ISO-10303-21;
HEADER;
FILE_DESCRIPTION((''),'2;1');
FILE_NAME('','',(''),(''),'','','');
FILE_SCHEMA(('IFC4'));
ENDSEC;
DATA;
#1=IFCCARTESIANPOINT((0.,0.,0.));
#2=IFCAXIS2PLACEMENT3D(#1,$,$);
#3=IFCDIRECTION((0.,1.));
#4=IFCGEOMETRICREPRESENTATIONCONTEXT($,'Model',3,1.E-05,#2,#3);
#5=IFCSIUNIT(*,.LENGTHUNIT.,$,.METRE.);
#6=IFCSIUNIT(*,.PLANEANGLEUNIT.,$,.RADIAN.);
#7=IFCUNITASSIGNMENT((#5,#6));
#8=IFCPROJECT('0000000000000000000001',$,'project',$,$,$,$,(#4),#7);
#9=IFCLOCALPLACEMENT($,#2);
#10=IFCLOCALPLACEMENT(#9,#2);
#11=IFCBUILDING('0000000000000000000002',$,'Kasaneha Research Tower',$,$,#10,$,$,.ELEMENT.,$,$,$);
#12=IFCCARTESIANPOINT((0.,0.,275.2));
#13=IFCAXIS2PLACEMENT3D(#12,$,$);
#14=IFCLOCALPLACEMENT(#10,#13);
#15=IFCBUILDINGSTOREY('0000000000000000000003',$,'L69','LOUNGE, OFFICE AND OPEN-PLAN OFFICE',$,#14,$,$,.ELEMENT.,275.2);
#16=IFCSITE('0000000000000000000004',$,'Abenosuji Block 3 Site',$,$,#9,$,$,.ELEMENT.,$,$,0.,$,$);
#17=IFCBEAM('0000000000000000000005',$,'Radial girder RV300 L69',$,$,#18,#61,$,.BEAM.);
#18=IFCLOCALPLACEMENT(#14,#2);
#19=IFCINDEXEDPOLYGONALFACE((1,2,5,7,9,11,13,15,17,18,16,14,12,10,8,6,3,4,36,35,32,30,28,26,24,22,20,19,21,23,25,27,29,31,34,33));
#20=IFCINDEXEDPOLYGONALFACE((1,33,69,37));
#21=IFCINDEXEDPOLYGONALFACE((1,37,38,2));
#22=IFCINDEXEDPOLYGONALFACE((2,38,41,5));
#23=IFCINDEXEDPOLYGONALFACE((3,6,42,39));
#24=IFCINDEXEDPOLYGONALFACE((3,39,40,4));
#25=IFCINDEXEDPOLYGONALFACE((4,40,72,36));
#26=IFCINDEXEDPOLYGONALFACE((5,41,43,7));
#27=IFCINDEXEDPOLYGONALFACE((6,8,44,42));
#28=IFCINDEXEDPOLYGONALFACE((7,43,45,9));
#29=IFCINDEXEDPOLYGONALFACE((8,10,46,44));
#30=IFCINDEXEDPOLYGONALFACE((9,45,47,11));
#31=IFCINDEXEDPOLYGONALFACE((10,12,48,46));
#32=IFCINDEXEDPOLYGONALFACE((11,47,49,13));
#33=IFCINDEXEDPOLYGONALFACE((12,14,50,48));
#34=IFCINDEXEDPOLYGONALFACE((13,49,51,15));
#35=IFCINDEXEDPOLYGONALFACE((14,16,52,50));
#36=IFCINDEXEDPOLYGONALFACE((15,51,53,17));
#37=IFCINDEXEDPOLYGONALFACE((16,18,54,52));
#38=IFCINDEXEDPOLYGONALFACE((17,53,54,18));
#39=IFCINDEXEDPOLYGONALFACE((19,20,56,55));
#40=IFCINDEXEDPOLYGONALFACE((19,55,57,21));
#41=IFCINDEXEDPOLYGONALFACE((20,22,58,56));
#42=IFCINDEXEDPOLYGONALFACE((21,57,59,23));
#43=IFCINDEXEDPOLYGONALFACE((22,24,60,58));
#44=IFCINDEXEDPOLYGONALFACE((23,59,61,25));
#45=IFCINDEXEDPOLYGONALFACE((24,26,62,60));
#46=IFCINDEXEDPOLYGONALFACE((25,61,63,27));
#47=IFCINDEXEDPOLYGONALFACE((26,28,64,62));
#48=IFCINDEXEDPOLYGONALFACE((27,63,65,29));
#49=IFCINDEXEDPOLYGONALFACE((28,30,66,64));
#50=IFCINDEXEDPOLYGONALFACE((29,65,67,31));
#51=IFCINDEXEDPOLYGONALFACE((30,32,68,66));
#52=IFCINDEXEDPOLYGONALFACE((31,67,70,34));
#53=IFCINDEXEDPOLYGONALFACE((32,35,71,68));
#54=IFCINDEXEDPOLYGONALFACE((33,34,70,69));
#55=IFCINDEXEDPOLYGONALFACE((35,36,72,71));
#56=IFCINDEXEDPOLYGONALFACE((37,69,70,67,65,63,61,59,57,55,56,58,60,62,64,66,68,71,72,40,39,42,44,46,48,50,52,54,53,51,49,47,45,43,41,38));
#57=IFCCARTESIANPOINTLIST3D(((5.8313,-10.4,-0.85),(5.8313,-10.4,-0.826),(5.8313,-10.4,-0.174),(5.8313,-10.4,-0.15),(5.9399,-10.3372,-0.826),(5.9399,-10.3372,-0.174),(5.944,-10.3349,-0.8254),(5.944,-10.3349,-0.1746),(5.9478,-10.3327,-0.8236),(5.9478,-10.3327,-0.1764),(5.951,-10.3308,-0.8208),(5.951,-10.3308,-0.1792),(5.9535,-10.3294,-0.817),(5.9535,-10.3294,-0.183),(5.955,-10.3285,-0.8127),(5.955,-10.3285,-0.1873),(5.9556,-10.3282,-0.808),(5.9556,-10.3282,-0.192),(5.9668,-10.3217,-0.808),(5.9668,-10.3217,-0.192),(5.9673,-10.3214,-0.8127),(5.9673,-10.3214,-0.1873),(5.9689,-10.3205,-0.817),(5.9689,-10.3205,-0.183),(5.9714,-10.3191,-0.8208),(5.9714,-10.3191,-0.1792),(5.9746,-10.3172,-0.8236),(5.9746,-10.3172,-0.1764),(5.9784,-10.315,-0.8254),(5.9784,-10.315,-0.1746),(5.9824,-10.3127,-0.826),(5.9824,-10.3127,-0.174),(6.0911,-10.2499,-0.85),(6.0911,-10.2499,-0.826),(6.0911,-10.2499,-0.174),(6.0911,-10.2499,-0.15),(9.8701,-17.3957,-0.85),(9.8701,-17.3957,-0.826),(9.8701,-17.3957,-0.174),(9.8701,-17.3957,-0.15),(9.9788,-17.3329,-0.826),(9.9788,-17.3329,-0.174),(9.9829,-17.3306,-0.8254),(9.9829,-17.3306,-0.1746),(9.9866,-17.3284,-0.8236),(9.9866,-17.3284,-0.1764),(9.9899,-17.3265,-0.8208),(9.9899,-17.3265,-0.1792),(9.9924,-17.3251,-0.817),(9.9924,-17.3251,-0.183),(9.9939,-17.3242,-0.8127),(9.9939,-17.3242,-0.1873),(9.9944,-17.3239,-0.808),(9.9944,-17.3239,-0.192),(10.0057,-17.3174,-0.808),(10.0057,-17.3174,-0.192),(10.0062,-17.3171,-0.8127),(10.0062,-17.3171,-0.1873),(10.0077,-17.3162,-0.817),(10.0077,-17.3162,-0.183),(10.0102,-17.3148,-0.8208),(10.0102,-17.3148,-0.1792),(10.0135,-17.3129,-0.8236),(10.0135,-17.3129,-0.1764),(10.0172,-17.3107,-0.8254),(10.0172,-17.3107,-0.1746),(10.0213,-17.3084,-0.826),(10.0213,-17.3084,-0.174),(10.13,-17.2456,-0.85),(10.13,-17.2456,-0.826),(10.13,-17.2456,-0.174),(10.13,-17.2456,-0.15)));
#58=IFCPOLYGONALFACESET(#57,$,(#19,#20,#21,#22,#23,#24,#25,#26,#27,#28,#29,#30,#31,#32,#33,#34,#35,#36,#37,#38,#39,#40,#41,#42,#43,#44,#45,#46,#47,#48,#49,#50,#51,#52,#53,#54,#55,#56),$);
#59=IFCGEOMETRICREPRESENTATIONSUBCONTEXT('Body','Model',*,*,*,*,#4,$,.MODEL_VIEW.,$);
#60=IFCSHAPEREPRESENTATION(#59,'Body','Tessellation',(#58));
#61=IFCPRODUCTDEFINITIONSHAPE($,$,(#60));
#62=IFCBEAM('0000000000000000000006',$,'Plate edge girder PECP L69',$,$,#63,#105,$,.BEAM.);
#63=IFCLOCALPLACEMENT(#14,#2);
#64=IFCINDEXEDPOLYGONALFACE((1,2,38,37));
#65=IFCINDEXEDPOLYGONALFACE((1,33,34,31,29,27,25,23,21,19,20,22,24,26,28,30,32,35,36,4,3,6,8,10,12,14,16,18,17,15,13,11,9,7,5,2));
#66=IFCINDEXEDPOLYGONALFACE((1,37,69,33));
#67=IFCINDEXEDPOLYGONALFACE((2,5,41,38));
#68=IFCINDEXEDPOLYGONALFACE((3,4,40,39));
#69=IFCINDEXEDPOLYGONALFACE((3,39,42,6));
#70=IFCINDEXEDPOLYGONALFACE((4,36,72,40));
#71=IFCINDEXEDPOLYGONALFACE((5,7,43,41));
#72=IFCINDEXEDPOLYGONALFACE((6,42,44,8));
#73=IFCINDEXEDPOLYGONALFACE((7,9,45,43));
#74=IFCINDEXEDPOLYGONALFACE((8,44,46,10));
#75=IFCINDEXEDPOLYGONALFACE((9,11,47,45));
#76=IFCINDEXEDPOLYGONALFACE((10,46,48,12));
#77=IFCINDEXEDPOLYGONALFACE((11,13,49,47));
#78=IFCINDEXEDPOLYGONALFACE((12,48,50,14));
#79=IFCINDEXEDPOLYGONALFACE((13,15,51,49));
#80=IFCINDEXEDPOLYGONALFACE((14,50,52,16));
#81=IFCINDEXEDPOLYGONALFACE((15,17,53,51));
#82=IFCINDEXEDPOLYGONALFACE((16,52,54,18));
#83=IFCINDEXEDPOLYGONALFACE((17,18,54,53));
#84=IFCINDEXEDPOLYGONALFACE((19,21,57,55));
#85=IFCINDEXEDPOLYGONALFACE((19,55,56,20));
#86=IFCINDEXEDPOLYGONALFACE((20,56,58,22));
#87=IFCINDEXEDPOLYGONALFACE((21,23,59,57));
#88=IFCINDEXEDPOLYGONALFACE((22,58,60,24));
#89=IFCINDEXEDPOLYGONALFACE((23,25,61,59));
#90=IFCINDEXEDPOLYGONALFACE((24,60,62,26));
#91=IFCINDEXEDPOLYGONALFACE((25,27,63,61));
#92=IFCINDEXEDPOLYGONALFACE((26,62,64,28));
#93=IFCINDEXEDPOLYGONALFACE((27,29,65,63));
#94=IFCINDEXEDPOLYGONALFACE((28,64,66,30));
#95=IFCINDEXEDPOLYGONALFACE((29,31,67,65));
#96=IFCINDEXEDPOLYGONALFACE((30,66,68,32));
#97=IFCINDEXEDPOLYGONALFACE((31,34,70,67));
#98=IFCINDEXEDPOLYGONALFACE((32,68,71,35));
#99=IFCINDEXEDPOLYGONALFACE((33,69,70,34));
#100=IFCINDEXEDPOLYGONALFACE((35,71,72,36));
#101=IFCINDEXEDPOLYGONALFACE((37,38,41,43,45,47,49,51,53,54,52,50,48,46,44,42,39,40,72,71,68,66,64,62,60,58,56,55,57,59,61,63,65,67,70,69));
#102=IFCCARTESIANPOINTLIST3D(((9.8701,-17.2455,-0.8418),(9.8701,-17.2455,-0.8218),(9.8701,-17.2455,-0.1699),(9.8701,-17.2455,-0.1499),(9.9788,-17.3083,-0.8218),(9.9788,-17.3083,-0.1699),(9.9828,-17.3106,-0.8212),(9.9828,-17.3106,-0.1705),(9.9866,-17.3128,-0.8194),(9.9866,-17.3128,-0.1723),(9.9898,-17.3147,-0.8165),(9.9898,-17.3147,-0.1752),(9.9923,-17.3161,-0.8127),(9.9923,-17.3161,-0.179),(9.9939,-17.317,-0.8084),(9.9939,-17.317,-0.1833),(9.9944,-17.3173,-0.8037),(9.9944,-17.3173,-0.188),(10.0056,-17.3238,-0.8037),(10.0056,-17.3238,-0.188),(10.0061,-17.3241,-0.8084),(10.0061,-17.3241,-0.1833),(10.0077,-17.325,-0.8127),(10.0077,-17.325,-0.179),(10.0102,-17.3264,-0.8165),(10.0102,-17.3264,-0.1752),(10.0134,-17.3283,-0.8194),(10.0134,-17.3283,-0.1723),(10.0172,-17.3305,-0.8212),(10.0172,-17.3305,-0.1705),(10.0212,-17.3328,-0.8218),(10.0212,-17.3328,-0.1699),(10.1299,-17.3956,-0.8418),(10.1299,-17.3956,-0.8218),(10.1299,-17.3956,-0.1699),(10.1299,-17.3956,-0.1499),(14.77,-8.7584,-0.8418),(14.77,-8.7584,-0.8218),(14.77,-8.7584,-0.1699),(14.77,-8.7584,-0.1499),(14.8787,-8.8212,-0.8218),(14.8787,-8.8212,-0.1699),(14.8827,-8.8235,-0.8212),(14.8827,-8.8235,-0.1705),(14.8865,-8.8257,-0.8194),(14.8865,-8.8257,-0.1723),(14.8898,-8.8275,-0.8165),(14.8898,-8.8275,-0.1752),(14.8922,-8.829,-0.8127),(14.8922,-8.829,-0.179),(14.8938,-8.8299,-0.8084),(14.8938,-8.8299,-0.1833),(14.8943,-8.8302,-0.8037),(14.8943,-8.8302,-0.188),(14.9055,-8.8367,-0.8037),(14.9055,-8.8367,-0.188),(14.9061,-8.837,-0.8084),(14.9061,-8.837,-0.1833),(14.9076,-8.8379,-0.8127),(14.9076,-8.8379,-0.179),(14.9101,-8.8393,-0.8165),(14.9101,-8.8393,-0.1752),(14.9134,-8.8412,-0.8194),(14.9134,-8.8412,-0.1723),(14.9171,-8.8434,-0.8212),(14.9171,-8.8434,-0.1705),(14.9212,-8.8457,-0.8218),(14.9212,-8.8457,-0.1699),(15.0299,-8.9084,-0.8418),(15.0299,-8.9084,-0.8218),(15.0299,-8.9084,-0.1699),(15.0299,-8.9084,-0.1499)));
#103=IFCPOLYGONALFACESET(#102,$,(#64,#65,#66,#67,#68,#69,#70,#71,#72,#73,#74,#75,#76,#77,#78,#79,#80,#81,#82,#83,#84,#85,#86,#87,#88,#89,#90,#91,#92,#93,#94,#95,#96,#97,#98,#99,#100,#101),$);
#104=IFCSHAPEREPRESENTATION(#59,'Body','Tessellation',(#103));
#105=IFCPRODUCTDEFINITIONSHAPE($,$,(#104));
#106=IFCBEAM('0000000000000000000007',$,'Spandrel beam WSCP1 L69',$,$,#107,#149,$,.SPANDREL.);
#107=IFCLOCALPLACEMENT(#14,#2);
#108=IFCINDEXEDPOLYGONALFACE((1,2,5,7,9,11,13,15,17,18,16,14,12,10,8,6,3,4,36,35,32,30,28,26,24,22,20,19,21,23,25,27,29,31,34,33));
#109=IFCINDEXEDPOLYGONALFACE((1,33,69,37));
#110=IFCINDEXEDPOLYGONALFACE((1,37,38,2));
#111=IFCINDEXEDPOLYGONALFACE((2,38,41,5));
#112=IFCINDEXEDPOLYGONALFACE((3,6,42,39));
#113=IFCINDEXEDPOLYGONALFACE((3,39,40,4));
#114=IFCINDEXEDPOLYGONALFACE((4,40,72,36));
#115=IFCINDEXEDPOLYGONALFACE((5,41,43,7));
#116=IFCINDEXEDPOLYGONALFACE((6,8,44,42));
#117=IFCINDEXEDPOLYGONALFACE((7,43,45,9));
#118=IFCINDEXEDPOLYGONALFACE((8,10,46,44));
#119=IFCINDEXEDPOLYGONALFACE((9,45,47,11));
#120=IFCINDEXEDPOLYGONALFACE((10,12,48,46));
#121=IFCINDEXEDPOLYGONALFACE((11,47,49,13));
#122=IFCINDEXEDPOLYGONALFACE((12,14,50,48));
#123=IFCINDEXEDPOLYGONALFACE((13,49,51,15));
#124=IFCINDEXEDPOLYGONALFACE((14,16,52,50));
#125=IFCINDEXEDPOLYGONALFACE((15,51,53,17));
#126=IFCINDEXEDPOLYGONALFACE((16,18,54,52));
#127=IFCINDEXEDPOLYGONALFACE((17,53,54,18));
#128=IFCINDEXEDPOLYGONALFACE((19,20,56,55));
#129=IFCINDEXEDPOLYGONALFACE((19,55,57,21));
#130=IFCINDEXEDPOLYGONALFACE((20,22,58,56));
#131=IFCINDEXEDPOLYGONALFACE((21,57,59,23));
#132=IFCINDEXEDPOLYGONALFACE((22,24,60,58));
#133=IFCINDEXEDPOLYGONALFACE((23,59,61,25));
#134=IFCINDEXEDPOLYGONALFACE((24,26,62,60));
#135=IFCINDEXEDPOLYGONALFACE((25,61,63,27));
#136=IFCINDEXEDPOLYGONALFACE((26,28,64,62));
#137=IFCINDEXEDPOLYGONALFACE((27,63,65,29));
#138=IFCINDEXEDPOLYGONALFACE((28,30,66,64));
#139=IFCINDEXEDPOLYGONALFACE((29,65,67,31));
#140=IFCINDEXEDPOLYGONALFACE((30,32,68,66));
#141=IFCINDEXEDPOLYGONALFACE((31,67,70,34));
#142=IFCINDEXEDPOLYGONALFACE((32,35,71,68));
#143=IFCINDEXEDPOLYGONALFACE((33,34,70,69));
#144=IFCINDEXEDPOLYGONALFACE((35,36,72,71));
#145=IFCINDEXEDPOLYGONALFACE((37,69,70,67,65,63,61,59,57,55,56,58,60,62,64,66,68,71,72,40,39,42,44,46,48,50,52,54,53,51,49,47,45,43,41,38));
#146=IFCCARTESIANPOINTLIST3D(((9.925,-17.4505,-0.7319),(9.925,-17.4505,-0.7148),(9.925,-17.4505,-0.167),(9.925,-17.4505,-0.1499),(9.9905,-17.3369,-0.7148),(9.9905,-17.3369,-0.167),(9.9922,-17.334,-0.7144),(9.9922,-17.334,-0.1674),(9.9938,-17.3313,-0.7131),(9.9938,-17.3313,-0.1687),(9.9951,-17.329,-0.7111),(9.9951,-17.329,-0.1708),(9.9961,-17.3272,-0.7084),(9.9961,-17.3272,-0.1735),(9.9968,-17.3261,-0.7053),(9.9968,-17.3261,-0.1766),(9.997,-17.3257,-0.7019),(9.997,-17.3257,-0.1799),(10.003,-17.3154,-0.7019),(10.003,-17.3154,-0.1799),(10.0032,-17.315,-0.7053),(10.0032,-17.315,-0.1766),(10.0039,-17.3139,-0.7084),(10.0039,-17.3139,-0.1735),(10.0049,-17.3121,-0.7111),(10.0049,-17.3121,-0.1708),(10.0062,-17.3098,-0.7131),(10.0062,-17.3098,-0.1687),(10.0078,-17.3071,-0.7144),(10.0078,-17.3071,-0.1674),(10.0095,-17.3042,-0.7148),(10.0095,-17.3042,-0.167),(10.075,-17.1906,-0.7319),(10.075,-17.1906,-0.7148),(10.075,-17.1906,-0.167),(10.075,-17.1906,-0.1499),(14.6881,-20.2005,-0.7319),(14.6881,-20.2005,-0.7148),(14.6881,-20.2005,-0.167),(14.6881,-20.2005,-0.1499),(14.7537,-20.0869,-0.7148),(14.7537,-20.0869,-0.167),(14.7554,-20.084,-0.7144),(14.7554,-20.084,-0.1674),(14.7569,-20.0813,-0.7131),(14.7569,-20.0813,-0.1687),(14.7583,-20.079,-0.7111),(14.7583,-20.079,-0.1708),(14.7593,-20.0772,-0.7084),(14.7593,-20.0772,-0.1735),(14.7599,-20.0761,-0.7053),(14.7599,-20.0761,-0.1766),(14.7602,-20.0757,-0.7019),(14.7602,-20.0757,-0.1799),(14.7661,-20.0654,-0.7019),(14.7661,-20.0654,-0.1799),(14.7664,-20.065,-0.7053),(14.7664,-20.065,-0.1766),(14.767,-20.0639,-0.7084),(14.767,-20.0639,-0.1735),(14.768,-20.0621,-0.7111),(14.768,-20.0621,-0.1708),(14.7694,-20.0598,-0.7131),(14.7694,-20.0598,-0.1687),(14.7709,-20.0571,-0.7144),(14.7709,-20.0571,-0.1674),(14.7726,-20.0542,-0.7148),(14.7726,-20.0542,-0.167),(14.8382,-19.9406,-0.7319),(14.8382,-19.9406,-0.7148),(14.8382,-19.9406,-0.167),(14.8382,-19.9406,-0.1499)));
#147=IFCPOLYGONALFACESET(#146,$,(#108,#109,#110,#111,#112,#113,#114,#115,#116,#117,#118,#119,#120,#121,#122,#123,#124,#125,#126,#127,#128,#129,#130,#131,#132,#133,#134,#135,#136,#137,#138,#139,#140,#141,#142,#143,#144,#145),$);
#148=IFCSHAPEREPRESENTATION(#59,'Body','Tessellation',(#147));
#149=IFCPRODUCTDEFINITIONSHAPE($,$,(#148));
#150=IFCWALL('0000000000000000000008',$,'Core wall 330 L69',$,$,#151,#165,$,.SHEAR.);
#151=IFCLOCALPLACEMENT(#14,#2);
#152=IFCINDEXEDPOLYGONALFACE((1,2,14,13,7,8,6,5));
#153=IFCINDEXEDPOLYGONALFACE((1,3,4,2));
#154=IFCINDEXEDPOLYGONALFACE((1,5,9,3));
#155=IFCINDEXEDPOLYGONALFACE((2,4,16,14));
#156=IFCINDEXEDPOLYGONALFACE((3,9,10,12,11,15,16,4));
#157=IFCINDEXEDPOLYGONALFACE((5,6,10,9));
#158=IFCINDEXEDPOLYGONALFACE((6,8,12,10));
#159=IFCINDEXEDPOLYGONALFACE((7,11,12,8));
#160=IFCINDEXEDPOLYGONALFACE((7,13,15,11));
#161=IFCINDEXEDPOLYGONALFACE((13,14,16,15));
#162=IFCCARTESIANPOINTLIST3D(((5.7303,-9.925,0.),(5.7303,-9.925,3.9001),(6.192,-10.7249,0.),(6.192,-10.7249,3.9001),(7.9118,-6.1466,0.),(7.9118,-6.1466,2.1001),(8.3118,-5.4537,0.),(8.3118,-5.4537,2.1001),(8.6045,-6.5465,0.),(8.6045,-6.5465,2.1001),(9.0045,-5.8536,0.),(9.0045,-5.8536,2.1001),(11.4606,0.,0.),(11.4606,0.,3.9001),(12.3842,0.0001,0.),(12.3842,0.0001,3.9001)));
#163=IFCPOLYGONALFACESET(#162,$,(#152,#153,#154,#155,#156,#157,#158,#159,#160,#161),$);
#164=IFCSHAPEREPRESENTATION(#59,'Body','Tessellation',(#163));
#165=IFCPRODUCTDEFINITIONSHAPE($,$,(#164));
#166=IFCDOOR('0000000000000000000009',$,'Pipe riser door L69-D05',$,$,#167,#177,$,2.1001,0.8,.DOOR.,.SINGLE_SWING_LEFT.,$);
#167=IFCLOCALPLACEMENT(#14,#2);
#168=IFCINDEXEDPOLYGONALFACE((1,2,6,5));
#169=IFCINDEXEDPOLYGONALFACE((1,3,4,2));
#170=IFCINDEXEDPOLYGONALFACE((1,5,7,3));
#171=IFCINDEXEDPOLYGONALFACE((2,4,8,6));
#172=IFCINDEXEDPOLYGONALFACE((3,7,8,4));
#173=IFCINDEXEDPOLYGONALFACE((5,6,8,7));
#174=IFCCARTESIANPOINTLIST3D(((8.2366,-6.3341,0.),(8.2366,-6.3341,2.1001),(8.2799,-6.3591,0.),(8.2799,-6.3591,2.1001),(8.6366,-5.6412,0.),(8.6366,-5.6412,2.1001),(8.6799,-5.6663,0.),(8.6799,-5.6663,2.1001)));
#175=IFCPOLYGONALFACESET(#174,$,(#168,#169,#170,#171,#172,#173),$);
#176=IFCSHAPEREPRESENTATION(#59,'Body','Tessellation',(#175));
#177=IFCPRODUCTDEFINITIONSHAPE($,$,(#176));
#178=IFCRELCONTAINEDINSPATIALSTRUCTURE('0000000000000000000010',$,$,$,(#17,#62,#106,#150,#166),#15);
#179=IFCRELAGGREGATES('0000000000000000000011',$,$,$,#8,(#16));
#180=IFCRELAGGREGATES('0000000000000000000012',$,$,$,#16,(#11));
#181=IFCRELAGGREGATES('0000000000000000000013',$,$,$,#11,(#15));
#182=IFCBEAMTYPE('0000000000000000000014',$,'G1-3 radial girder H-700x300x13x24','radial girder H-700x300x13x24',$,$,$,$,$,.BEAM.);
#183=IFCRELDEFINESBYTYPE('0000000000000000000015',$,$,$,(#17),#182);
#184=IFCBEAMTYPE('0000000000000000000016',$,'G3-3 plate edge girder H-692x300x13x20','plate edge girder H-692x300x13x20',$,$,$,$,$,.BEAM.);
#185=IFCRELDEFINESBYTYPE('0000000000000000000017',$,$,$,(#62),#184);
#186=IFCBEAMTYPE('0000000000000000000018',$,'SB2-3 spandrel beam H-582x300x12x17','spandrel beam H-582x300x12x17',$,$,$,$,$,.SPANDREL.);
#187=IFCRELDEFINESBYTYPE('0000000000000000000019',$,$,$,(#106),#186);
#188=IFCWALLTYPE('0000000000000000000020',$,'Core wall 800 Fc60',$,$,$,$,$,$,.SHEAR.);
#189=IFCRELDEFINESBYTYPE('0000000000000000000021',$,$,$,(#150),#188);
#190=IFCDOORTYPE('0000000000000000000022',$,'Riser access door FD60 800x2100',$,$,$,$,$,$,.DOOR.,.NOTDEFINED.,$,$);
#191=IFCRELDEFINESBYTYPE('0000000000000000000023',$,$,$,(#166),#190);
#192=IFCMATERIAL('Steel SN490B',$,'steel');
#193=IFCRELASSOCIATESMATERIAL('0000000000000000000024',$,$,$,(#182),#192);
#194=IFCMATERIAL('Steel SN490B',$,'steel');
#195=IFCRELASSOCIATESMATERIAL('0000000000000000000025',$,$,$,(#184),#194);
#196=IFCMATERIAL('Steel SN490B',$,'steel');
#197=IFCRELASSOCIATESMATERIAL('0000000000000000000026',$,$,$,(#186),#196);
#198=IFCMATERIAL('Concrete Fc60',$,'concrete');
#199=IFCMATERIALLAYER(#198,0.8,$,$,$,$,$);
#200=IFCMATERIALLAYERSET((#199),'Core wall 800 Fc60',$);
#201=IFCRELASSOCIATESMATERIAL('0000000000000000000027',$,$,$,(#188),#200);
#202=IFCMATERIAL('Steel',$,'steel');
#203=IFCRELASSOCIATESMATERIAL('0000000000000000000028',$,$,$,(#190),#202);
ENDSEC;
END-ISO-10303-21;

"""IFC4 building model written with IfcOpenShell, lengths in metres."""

from ifc_helpers import new_model, si_unit, direction, frame, frame_2d, origin, origin_2d, place, context, subcontext, project, spatial, polyline, rectangle, i_section, outline, extrude, material, layer, layer_set, material_profile, profile_set, type_object, element, fill, save


model = new_model("IFC4")

# Units and contexts
model_context = context("Model", 3, precision=1e-05, world=origin(), true_north=direction((0.0, 1.0)))
body_context = subcontext(model_context, "Body", "Model", "MODEL_VIEW")
ifc_project = project(units=[si_unit("LENGTHUNIT", "METRE"), si_unit("PLANEANGLEUNIT", "RADIAN")], contexts=[model_context])

# Site, building, storey
site_placement = place(None, origin())
site = spatial("IfcSite", under=ifc_project, at=site_placement, Name="Abenosuji Block 3 Site", CompositionType="ELEMENT", RefElevation=0.0)
building_placement = place(site_placement, origin())
building = spatial("IfcBuilding", under=site, at=building_placement, Name="Kasaneha Research Tower", CompositionType="ELEMENT")
storey_placement = place(building_placement, frame((0.0, 0.0, 275.2)))
storey = spatial("IfcBuildingStorey", under=building, at=storey_placement, Name="L69", Description="LOUNGE, OFFICE AND OPEN-PLAN OFFICE", CompositionType="ELEMENT", Elevation=275.2)

# Beams
ifc_material_1 = material(Name="Steel SN490B", Category="steel")
ifc_material_profile_1 = material_profile(ifc_material_1, i_section(OverallWidth=0.3, OverallDepth=0.7, WebThickness=0.0129, FlangeThickness=0.0239, FilletRadius=0.0181, at=origin_2d()), Name="H-700x300x13x24")
ifc_profile_set_1 = profile_set([ifc_material_profile_1], Name="Steel SN490B")
beam_type_1 = type_object("IfcBeamType", Name="G1-3 radial girder H-700x300x13x24", Description="radial girder H-700x300x13x24", PredefinedType="BEAM", material=ifc_profile_set_1)
beam_1_placement = place(storey_placement, frame((5.9612, -10.325, -0.5), z_axis=(0.499991, -0.866031, 0.0), x_axis=(0.866031, 0.499991, 0.0)))
element("IfcBeam", 1, at=beam_1_placement, inside=storey, type_object=beam_type_1, Name="Radial girder RV300 L69", PredefinedType="BEAM", context=body_context, shape_type="SweptSolid", body=[
    extrude(i_section(OverallWidth=0.3, OverallDepth=0.7, WebThickness=0.0129, FlangeThickness=0.0239, FilletRadius=0.0181, at=origin_2d()), origin(), (0.0, 0.0, 1.0), 8.0779),
])
ifc_material_2 = material(Name="Steel SN490B", Category="steel")
ifc_material_profile_2 = material_profile(ifc_material_2, i_section(OverallWidth=0.3, OverallDepth=0.6919, WebThickness=0.0129, FlangeThickness=0.02, FilletRadius=0.0181, at=origin_2d()), Name="H-692x300x13x20")
ifc_profile_set_2 = profile_set([ifc_material_profile_2], Name="Steel SN490B")
beam_type_2 = type_object("IfcBeamType", Name="G3-3 plate edge girder H-692x300x13x20", Description="plate edge girder H-692x300x13x20", PredefinedType="BEAM", material=ifc_profile_set_2)
beam_2_placement = place(storey_placement, frame((10.0, -17.3206, -0.4958), z_axis=(0.499992, 0.86603, 0.0), x_axis=(-0.86603, 0.499992, 0.0)))
element("IfcBeam", 2, at=beam_2_placement, inside=storey, type_object=beam_type_2, Name="Plate edge girder PECP L69", PredefinedType="BEAM", context=body_context, shape_type="SweptSolid", body=[
    extrude(i_section(OverallWidth=0.3, OverallDepth=0.6919, WebThickness=0.0129, FlangeThickness=0.02, FilletRadius=0.0181, at=origin_2d()), origin(), (0.0, 0.0, 1.0), 9.8),
])
ifc_material_3 = material(Name="Steel SN490B", Category="steel")
ifc_material_profile_3 = material_profile(ifc_material_3, i_section(OverallWidth=0.3, OverallDepth=0.582, WebThickness=0.012, FlangeThickness=0.0171, FilletRadius=0.0129, at=origin_2d()), Name="H-582x300x12x17")
ifc_profile_set_3 = profile_set([ifc_material_profile_3], Name="Steel SN490B")
beam_type_3 = type_object("IfcBeamType", Name="SB2-3 spandrel beam H-582x300x12x17", Description="spandrel beam H-582x300x12x17", PredefinedType="SPANDREL", material=ifc_profile_set_3)
beam_3_placement = place(storey_placement, frame((10.0, -17.3206, -0.4409), z_axis=(0.866027, -0.499997, 0.0), x_axis=(0.499997, 0.866027, 0.0)))
element("IfcBeam", 3, at=beam_3_placement, inside=storey, type_object=beam_type_3, Name="Spandrel beam WSCP1 L69", PredefinedType="SPANDREL", context=body_context, shape_type="SweptSolid", body=[
    extrude(i_section(OverallWidth=0.3, OverallDepth=0.582, WebThickness=0.012, FlangeThickness=0.0171, FilletRadius=0.0129, at=origin_2d()), origin(), (0.0, 0.0, 1.0), 5.5),
])

# Wall, opening, door
ifc_material_4 = material(Name="Concrete Fc60", Category="concrete")
ifc_layer_1 = layer(ifc_material_4, 0.8)
ifc_layer_set_1 = layer_set([ifc_layer_1], Name="Core wall 800 Fc60")
wall_type_1 = type_object("IfcWallType", Name="Core wall 800 Fc60", PredefinedType="SHEAR", material=ifc_layer_set_1)
wall_1_placement = place(storey_placement, frame((5.9612, -10.325, 0.0), z_axis=(0.0, 0.0, 1.0), x_axis=(0.500004, 0.866023, 0.0)))
wall_1 = element("IfcWall", 4, at=wall_1_placement, inside=storey, type_object=wall_type_1, Name="Core wall 330 L69", PredefinedType="SHEAR", context=body_context, shape_type="SweptSolid", body=[
    extrude(outline(polyline([(-0.231, -0.3999), (4.594, -0.3999), (5.394, -0.3999), (12.1533, -0.3999), (11.6914, 0.3999), (5.394, 0.3999), (4.594, 0.3999), (0.231, 0.3999), (-0.231, -0.3999)])), origin(), (0.0, 0.0, 1.0), 3.9001),
])
opening_1_placement = place(wall_1_placement, frame((4.594, 0.0, 0.0)))
opening_1 = element("IfcOpeningElement", 5, at=opening_1_placement, cuts=wall_1, PredefinedType="OPENING", context=body_context, shape_type="SweptSolid", body=[
    extrude(rectangle(XDim=0.8, YDim=2.1001, at=frame_2d((0.3999, 1.05))), frame((0.0, 0.4102, 0.0), z_axis=(0.0, -1.0, 0.0), x_axis=(1.0, 0.0, 0.0)), (0.0, 0.0, 1.0), 0.8201),
])
ifc_material_5 = material(Name="Steel", Category="steel")
door_type_1 = type_object("IfcDoorType", Name="Riser access door FD60 800x2100", OperationType="NOTDEFINED", PredefinedType="DOOR", material=ifc_material_5)
door_1_placement = place(opening_1_placement, origin())
door_1 = element("IfcDoor", 6, at=door_1_placement, inside=storey, type_object=door_type_1, Name="Pipe riser door L69-D05", OperationType="SINGLE_SWING_LEFT", OverallHeight=2.1001, OverallWidth=0.8, PredefinedType="DOOR", context=body_context, shape_type="SweptSolid", body=[
    extrude(rectangle(XDim=0.8, YDim=2.1001, at=frame_2d((0.3999, 1.05))), frame((0.0, 0.0249, 0.0), z_axis=(0.0, -1.0, 0.0), x_axis=(1.0, 0.0, 0.0)), (0.0, 0.0, 1.0), 0.05),
])
fill(opening_1, door_1)

save(model, "model.ifc")
